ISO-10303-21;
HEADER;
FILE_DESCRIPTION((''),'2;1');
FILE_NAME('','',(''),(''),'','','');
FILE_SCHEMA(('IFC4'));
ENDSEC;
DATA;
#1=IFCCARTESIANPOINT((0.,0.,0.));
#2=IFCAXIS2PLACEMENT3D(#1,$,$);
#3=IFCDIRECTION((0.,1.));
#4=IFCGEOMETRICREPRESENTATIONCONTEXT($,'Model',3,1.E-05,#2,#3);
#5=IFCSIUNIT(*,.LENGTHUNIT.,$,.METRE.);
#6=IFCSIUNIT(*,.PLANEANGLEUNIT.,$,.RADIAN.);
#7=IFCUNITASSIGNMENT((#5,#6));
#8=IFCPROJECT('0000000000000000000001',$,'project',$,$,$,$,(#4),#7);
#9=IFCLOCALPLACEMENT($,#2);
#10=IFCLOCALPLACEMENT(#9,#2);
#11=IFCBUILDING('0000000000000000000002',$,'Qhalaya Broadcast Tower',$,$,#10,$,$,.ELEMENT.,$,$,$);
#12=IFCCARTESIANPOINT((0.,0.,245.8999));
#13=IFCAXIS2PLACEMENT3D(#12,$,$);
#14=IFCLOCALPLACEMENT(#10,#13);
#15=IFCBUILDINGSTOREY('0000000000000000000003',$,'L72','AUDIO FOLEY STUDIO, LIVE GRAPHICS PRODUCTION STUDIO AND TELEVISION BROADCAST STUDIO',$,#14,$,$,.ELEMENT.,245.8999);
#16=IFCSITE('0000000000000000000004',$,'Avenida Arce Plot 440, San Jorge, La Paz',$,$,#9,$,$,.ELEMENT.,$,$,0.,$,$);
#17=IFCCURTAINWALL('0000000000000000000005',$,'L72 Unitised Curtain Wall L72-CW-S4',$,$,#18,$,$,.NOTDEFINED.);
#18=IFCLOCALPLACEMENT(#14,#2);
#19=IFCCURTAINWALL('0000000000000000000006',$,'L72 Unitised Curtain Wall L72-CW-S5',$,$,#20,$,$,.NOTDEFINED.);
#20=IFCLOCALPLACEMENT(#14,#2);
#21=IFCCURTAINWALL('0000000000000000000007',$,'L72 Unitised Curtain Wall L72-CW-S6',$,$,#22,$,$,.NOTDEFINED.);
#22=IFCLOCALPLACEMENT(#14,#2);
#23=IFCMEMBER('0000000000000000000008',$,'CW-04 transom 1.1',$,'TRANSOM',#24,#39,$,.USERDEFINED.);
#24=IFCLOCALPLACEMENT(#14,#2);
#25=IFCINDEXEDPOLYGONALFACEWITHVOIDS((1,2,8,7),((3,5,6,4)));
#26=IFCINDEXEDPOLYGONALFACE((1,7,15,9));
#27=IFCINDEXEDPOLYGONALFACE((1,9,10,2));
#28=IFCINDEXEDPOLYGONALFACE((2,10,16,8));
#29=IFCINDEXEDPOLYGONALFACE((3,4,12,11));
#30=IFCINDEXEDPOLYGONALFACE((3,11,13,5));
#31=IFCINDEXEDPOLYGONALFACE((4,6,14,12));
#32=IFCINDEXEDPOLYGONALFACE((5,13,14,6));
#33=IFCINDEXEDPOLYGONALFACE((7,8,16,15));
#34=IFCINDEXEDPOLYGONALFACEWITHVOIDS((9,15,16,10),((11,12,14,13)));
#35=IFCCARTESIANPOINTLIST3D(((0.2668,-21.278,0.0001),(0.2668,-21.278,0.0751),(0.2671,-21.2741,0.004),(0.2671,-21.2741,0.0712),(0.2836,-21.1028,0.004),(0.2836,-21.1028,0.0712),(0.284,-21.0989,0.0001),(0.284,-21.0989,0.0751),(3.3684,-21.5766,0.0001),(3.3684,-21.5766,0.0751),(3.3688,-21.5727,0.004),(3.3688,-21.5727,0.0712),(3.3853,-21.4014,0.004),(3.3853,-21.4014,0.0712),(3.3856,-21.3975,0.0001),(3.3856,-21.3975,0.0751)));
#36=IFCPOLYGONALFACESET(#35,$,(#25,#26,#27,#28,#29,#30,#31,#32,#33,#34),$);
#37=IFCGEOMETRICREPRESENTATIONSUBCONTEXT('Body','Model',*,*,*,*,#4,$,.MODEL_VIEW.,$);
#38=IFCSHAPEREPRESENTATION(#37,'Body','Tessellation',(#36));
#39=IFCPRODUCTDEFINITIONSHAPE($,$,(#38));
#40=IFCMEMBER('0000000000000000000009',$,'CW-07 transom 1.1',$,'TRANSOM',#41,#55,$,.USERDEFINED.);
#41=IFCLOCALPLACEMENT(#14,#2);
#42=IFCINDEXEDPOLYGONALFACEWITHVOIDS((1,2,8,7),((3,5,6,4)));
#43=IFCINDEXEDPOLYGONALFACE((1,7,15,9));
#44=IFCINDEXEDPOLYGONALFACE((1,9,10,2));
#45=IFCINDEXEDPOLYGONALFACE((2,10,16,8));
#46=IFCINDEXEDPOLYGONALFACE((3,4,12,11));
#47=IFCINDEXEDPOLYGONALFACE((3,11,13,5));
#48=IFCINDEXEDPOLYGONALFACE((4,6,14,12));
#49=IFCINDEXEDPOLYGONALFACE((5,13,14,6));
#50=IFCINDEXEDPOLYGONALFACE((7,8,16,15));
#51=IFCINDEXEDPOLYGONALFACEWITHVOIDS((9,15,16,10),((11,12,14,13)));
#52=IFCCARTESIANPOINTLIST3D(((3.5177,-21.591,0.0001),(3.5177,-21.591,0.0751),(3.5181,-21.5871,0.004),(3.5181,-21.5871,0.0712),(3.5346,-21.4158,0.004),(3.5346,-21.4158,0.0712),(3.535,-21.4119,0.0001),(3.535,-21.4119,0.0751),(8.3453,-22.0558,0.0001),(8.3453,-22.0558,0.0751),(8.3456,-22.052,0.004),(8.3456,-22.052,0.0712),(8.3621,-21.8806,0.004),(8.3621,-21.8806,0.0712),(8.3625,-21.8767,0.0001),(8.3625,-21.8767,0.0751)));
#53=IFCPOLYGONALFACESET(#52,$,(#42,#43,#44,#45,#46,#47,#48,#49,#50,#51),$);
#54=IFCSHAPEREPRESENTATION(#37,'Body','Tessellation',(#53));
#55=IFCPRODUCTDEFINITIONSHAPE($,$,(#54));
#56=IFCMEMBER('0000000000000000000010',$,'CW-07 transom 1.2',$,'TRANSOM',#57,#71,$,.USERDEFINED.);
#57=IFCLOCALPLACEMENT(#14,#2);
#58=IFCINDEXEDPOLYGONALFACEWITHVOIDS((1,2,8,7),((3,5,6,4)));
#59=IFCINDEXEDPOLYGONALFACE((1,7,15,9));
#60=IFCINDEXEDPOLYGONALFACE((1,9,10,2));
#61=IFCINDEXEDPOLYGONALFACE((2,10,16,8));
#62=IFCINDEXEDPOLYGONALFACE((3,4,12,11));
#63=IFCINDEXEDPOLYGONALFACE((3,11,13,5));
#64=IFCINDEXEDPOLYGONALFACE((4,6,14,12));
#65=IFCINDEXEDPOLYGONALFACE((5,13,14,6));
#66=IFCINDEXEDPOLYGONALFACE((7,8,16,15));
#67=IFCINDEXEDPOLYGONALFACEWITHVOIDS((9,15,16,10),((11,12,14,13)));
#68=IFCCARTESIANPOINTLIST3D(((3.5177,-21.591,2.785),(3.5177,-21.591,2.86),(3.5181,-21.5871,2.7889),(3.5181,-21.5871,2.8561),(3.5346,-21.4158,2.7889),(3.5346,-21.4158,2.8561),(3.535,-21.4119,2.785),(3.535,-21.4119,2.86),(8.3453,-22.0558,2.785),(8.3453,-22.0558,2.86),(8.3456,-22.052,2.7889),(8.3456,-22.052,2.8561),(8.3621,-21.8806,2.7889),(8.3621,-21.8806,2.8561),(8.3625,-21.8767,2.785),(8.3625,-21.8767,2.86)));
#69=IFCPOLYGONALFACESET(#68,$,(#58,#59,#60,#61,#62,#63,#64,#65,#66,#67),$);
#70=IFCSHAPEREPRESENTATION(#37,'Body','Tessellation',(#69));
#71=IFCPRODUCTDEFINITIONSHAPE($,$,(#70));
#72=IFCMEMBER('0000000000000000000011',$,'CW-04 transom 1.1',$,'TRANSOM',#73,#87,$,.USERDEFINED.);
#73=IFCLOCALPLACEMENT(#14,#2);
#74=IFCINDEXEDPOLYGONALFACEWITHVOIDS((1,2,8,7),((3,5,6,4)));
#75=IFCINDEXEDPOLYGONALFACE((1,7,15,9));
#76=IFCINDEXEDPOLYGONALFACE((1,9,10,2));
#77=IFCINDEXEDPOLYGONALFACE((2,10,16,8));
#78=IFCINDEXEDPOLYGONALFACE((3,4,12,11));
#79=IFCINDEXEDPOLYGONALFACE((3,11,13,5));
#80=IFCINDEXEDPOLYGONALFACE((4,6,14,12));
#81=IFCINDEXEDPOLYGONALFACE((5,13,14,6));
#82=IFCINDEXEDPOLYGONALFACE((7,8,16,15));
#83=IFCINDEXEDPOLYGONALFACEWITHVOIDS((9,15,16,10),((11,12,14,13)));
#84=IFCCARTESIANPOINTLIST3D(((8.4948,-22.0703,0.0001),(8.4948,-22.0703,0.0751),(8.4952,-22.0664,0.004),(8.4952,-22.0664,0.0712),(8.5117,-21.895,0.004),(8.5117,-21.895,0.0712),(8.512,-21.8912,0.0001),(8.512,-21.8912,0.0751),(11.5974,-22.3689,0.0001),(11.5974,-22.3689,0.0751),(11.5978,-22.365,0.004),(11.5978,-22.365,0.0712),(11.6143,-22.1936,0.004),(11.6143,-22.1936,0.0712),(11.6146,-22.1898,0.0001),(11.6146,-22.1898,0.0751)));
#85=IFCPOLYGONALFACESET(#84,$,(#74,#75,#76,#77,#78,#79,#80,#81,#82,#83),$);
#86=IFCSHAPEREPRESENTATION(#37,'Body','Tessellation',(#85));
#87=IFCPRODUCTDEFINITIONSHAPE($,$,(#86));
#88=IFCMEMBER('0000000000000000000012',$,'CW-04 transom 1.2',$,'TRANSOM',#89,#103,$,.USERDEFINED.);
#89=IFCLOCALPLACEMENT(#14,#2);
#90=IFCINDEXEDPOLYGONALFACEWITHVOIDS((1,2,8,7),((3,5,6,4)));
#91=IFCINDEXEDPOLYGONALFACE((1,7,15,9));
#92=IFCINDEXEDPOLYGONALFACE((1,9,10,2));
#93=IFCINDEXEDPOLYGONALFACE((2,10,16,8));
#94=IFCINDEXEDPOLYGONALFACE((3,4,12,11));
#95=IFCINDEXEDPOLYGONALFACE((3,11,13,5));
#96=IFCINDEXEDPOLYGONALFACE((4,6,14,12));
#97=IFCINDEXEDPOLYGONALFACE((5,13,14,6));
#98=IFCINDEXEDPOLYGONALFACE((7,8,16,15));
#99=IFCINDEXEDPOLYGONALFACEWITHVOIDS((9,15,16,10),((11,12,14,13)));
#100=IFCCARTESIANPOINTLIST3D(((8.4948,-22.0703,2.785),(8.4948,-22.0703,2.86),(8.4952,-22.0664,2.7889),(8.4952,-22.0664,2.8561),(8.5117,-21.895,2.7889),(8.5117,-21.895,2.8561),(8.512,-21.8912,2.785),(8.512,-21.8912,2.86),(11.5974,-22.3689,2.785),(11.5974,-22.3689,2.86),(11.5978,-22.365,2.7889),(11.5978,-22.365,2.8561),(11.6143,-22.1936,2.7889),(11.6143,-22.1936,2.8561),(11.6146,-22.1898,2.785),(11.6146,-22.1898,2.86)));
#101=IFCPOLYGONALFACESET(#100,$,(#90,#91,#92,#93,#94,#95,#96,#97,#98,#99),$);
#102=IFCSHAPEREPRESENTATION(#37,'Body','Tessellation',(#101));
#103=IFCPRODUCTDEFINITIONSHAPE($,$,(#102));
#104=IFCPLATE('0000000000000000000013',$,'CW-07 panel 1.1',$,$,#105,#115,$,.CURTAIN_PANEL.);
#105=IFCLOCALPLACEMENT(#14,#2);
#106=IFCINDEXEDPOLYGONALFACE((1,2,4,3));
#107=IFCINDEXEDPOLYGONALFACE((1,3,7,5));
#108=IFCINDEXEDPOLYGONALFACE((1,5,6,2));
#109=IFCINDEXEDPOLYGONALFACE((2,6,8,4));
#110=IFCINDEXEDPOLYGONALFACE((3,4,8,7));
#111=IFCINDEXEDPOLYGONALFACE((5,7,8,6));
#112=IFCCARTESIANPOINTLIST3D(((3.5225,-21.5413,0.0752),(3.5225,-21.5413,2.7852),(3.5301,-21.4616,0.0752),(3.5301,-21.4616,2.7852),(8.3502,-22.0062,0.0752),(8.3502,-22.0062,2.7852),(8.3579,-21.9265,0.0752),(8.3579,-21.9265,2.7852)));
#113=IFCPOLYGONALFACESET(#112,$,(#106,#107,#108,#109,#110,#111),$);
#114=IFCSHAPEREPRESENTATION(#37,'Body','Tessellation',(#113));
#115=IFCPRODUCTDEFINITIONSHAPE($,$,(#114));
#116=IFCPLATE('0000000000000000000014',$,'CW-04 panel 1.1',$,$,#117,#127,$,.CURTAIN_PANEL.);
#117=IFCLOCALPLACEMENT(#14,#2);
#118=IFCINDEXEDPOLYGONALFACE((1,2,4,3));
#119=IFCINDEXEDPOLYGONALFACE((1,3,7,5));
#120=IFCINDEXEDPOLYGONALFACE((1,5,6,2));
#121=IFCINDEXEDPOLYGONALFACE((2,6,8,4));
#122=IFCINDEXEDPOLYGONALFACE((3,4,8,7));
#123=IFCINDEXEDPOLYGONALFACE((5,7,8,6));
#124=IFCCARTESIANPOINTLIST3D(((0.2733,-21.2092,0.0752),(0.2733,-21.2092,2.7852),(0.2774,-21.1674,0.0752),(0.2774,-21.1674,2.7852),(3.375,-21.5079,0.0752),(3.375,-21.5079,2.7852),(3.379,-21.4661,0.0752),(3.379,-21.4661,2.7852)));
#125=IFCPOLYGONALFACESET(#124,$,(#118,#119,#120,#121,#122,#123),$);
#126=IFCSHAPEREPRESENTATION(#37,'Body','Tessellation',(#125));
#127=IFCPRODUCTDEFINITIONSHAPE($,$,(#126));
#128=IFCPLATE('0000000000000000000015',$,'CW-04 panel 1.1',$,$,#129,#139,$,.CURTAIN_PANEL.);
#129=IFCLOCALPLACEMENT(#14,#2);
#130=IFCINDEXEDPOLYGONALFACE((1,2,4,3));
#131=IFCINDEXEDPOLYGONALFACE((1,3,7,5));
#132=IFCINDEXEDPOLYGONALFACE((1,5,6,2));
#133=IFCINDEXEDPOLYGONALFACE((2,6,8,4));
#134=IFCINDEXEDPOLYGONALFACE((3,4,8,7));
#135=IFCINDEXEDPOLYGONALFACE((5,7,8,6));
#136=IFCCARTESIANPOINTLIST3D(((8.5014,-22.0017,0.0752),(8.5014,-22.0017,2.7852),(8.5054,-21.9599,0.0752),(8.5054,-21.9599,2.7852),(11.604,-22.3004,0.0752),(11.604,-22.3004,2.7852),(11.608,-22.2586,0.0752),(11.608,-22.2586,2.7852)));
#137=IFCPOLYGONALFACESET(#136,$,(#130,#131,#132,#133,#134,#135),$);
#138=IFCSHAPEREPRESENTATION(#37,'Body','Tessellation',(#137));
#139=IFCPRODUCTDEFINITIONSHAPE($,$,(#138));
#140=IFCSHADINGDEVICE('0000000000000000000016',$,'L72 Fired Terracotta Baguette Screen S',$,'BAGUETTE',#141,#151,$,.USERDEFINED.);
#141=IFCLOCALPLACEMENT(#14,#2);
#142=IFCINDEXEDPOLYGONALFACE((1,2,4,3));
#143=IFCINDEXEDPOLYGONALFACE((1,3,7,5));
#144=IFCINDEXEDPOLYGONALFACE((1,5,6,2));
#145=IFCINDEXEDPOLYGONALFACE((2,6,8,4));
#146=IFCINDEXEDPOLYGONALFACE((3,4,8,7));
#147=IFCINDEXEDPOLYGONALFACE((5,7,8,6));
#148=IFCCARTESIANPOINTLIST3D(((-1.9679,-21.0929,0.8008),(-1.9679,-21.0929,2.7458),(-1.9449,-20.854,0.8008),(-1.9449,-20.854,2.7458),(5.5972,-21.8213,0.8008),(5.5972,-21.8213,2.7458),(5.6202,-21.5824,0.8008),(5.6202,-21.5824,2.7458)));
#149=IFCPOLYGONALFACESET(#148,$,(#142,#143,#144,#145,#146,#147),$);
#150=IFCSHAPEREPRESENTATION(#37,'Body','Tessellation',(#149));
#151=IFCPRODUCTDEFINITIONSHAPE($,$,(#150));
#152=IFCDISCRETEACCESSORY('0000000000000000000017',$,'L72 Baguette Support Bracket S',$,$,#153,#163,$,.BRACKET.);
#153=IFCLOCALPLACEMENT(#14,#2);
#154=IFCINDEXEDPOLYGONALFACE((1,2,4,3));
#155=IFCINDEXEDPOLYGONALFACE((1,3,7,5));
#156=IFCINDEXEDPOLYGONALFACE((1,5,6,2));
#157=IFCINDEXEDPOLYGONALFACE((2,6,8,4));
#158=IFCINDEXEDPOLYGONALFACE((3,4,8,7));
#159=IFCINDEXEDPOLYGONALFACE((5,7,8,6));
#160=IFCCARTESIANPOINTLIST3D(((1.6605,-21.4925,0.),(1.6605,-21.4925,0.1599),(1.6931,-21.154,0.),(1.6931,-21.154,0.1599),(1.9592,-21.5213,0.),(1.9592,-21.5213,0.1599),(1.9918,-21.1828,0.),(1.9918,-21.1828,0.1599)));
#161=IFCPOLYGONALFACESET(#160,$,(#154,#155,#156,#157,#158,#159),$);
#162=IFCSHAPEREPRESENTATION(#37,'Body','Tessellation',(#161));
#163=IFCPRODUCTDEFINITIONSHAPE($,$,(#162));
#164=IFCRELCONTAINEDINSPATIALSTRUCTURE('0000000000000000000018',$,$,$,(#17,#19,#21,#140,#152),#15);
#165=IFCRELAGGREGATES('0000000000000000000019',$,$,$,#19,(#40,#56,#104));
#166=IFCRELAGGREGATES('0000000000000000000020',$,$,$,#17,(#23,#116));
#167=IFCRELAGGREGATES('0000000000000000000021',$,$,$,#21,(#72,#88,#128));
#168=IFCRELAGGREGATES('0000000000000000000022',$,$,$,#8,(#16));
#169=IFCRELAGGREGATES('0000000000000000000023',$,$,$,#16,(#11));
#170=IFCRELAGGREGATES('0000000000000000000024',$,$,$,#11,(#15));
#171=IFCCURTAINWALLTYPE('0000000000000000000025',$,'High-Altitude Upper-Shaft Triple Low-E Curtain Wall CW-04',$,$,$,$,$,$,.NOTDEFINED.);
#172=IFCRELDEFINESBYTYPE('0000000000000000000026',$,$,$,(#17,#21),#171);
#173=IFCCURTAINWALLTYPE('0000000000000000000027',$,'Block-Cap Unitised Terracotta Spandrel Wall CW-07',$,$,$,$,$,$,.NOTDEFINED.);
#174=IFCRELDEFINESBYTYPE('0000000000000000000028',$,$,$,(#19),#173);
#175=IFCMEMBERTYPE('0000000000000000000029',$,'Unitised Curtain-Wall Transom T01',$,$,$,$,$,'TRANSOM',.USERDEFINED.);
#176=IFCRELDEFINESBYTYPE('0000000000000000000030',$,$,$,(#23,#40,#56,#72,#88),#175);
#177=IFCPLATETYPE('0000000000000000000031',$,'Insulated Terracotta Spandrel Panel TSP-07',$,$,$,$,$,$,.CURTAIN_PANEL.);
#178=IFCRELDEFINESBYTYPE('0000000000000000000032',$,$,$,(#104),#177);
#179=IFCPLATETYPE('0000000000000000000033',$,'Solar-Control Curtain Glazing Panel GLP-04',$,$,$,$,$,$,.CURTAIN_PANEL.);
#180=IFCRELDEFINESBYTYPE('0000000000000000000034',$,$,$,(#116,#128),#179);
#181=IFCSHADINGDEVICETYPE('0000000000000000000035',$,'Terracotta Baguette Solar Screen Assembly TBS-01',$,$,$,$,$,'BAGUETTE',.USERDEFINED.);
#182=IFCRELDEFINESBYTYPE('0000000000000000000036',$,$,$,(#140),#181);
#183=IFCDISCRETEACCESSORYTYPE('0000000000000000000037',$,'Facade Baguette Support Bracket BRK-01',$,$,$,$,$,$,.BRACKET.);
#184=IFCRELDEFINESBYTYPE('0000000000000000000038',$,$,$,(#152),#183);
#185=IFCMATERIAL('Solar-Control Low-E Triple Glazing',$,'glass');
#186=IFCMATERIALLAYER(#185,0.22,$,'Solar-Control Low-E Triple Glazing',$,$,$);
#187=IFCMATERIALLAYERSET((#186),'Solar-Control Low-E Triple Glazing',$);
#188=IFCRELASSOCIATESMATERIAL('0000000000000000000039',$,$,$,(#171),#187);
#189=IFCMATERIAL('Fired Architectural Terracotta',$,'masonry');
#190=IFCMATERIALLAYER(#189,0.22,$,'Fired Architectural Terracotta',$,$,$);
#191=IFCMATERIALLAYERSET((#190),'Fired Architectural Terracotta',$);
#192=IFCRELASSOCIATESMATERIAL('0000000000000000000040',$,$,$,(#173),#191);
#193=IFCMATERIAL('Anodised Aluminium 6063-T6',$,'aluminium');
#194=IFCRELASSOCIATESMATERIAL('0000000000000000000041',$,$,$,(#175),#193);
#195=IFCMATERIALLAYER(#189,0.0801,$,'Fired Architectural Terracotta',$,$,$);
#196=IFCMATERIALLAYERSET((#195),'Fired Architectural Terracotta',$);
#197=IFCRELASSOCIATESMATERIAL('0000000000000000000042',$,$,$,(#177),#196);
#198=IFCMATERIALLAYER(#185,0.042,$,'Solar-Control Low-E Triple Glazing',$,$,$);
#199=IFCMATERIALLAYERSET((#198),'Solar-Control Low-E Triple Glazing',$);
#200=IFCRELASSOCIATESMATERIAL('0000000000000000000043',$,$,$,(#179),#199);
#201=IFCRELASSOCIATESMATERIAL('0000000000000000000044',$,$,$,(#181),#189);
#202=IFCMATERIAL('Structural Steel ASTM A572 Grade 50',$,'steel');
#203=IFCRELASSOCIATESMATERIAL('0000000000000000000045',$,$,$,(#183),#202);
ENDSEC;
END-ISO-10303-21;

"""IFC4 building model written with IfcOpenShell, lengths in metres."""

from ifc_helpers import new_model, si_unit, direction, frame, origin, origin_2d, place, context, subcontext, project, spatial, rectangle, hollow_rectangle, extrude, material, layer, layer_set, material_profile, profile_set, type_object, element, aggregate, save


model = new_model("IFC4")

# Units and contexts
model_context = context("Model", 3, precision=1e-05, world=origin(), true_north=direction((0.0, 1.0)))
body_context = subcontext(model_context, "Body", "Model", "MODEL_VIEW")
ifc_project = project(units=[si_unit("LENGTHUNIT", "METRE"), si_unit("PLANEANGLEUNIT", "RADIAN")], contexts=[model_context])

# Site, building, storey
site_placement = place(None, origin())
site = spatial("IfcSite", under=ifc_project, at=site_placement, Name="Avenida Arce Plot 440, San Jorge, La Paz", CompositionType="ELEMENT", RefElevation=0.0)
building_placement = place(site_placement, origin())
building = spatial("IfcBuilding", under=site, at=building_placement, Name="Qhalaya Broadcast Tower", CompositionType="ELEMENT")
storey_placement = place(building_placement, frame((0.0, 0.0, 245.8999)))
storey = spatial("IfcBuildingStorey", under=building, at=storey_placement, Name="L72", Description="AUDIO FOLEY STUDIO, LIVE GRAPHICS PRODUCTION STUDIO AND TELEVISION BROADCAST STUDIO", CompositionType="ELEMENT", Elevation=245.8999)

# Shared definitions
ifc_material_1 = material(Name="Structural Steel ASTM A572 Grade 50", Category="steel")

# Curtain wall
ifc_material_2 = material(Name="Solar-Control Low-E Triple Glazing", Category="glass")
ifc_layer_1 = layer(ifc_material_2, 0.22, Name="Solar-Control Low-E Triple Glazing")
ifc_layer_set_1 = layer_set([ifc_layer_1], Name="Solar-Control Low-E Triple Glazing")
curtain_wall_type_1 = type_object("IfcCurtainWallType", Name="High-Altitude Upper-Shaft Triple Low-E Curtain Wall CW-04", PredefinedType="NOTDEFINED", material=ifc_layer_set_1)
curtain_wall_1_placement = place(storey_placement, origin())
curtain_wall_1 = element("IfcCurtainWall", 1, at=curtain_wall_1_placement, inside=storey, type_object=curtain_wall_type_1, Name="L72 Unitised Curtain Wall L72-CW-S4", PredefinedType="NOTDEFINED")
ifc_material_3 = material(Name="Anodised Aluminium 6063-T6", Category="aluminium")

# Curtain walls
ifc_material_4 = material(Name="Fired Architectural Terracotta", Category="masonry")
ifc_layer_2 = layer(ifc_material_4, 0.22, Name="Fired Architectural Terracotta")
ifc_layer_set_2 = layer_set([ifc_layer_2], Name="Fired Architectural Terracotta")
curtain_wall_type_2 = type_object("IfcCurtainWallType", Name="Block-Cap Unitised Terracotta Spandrel Wall CW-07", PredefinedType="NOTDEFINED", material=ifc_layer_set_2)
curtain_wall_2_placement = place(storey_placement, origin())
curtain_wall_2 = element("IfcCurtainWall", 2, at=curtain_wall_2_placement, inside=storey, type_object=curtain_wall_type_2, Name="L72 Unitised Curtain Wall L72-CW-S5", PredefinedType="NOTDEFINED")
curtain_wall_3_placement = place(storey_placement, origin())
curtain_wall_3 = element("IfcCurtainWall", 3, at=curtain_wall_3_placement, inside=storey, type_object=curtain_wall_type_1, Name="L72 Unitised Curtain Wall L72-CW-S6", PredefinedType="NOTDEFINED")

# Members
ifc_material_profile_1 = material_profile(ifc_material_3, hollow_rectangle(XDim=0.075, YDim=0.1799, WallThickness=0.0039, at=origin_2d()), Name="ALU-TRN 75x180x4")
ifc_profile_set_1 = profile_set([ifc_material_profile_1], Name="Anodised Aluminium 6063-T6")
member_type_1 = type_object("IfcMemberType", Name="Unitised Curtain-Wall Transom T01", ElementType="TRANSOM", PredefinedType="USERDEFINED", material=ifc_profile_set_1)
member_1_placement = place(storey_placement, frame((0.2754, -21.1885, 0.0376), z_axis=(0.995398, -0.095826, 0.0), x_axis=(0.0, 0.0, 1.0)))
member_1 = element("IfcMember", 4, at=member_1_placement, type_object=member_type_1, Name="CW-04 transom 1.1", ObjectType="TRANSOM", PredefinedType="USERDEFINED", context=body_context, shape_type="SweptSolid", body=[
    extrude(hollow_rectangle(XDim=0.075, YDim=0.1799, WallThickness=0.0039, at=origin_2d()), origin(), (0.0, 0.0, 1.0), 3.116),
])
member_2_placement = place(storey_placement, frame((3.5264, -21.5015, 0.0376), z_axis=(0.995396, -0.095845, 0.0), x_axis=(0.0, 0.0, 1.0)))
member_2 = element("IfcMember", 5, at=member_2_placement, type_object=member_type_1, Name="CW-07 transom 1.1", ObjectType="TRANSOM", PredefinedType="USERDEFINED", context=body_context, shape_type="SweptSolid", body=[
    extrude(hollow_rectangle(XDim=0.075, YDim=0.1799, WallThickness=0.0039, at=origin_2d()), origin(), (0.0, 0.0, 1.0), 4.8499),
])
member_3_placement = place(storey_placement, frame((3.5264, -21.5015, 2.8225), z_axis=(0.995396, -0.095845, 0.0), x_axis=(0.0, 0.0, 1.0)))
member_3 = element("IfcMember", 6, at=member_3_placement, type_object=member_type_1, Name="CW-07 transom 1.2", ObjectType="TRANSOM", PredefinedType="USERDEFINED", context=body_context, shape_type="SweptSolid", body=[
    extrude(hollow_rectangle(XDim=0.075, YDim=0.1799, WallThickness=0.0039, at=origin_2d()), origin(), (0.0, 0.0, 1.0), 4.8499),
])
member_4_placement = place(storey_placement, frame((8.5034, -21.9807, 0.0376), z_axis=(0.995401, -0.095796, 0.0), x_axis=(0.0, 0.0, 1.0)))
member_4 = element("IfcMember", 7, at=member_4_placement, type_object=member_type_1, Name="CW-04 transom 1.1", ObjectType="TRANSOM", PredefinedType="USERDEFINED", context=body_context, shape_type="SweptSolid", body=[
    extrude(hollow_rectangle(XDim=0.075, YDim=0.1799, WallThickness=0.0039, at=origin_2d()), origin(), (0.0, 0.0, 1.0), 3.1169),
])
member_5_placement = place(storey_placement, frame((8.5034, -21.9807, 2.8225), z_axis=(0.995401, -0.095796, 0.0), x_axis=(0.0, 0.0, 1.0)))
member_5 = element("IfcMember", 8, at=member_5_placement, type_object=member_type_1, Name="CW-04 transom 1.2", ObjectType="TRANSOM", PredefinedType="USERDEFINED", context=body_context, shape_type="SweptSolid", body=[
    extrude(hollow_rectangle(XDim=0.075, YDim=0.1799, WallThickness=0.0039, at=origin_2d()), origin(), (0.0, 0.0, 1.0), 3.1169),
])

# Plates
ifc_layer_3 = layer(ifc_material_4, 0.0801, Name="Fired Architectural Terracotta")
ifc_layer_set_3 = layer_set([ifc_layer_3], Name="Fired Architectural Terracotta")
plate_type_1 = type_object("IfcPlateType", Name="Insulated Terracotta Spandrel Panel TSP-07", PredefinedType="CURTAIN_PANEL", material=ifc_layer_set_3)
plate_1_placement = place(storey_placement, frame((5.9402, -21.7339, 0.0752), z_axis=(0.0, 0.0, 1.0), x_axis=(0.995395, -0.09586, 0.0)))
plate_1 = element("IfcPlate", 9, at=plate_1_placement, type_object=plate_type_1, Name="CW-07 panel 1.1", PredefinedType="CURTAIN_PANEL", context=body_context, shape_type="SweptSolid", body=[
    extrude(rectangle(XDim=4.8501, YDim=0.0801, at=origin_2d()), origin(), (0.0, 0.0, 1.0), 2.71),
])
aggregate(curtain_wall_2, [member_2, member_3, plate_1])
ifc_layer_4 = layer(ifc_material_2, 0.042, Name="Solar-Control Low-E Triple Glazing")
ifc_layer_set_4 = layer_set([ifc_layer_4], Name="Solar-Control Low-E Triple Glazing")
plate_type_2 = type_object("IfcPlateType", Name="Solar-Control Curtain Glazing Panel GLP-04", PredefinedType="CURTAIN_PANEL", material=ifc_layer_set_4)
plate_2_placement = place(storey_placement, frame((1.8262, -21.3376, 0.0752), z_axis=(0.0, 0.0, 1.0), x_axis=(0.995397, -0.095838, 0.0)))
plate_2 = element("IfcPlate", 10, at=plate_2_placement, type_object=plate_type_2, Name="CW-04 panel 1.1", PredefinedType="CURTAIN_PANEL", context=body_context, shape_type="SweptSolid", body=[
    extrude(rectangle(XDim=3.116, YDim=0.042, at=origin_2d()), origin(), (0.0, 0.0, 1.0), 2.71),
])
aggregate(curtain_wall_1, [member_1, plate_2])
plate_3_placement = place(storey_placement, frame((10.0547, -22.1301, 0.0752), z_axis=(0.0, 0.0, 1.0), x_axis=(0.995397, -0.095836, 0.0)))
plate_3 = element("IfcPlate", 11, at=plate_3_placement, type_object=plate_type_2, Name="CW-04 panel 1.1", PredefinedType="CURTAIN_PANEL", context=body_context, shape_type="SweptSolid", body=[
    extrude(rectangle(XDim=3.1169, YDim=0.042, at=origin_2d()), origin(), (0.0, 0.0, 1.0), 2.71),
])
aggregate(curtain_wall_3, [member_4, member_5, plate_3])

# Shading device
shading_device_type = type_object("IfcShadingDeviceType", Name="Terracotta Baguette Solar Screen Assembly TBS-01", ElementType="BAGUETTE", PredefinedType="USERDEFINED", material=ifc_material_4)
shading_device_placement = place(storey_placement, frame((1.8262, -21.3376, 0.8008), z_axis=(0.0, 0.0, 1.0), x_axis=(0.995396, -0.095846, 0.0)))
element("IfcShadingDevice", 12, at=shading_device_placement, inside=storey, type_object=shading_device_type, Name="L72 Fired Terracotta Baguette Screen S", ObjectType="BAGUETTE", PredefinedType="USERDEFINED", context=body_context, shape_type="SweptSolid", body=[
    extrude(rectangle(XDim=7.6001, YDim=0.24, at=origin_2d()), origin(), (0.0, 0.0, 1.0), 1.9451),
])

# Discrete accessory
discrete_accessory_type = type_object("IfcDiscreteAccessoryType", Name="Facade Baguette Support Bracket BRK-01", PredefinedType="BRACKET", material=ifc_material_1)
discrete_accessory_placement = place(storey_placement, frame((1.8262, -21.3376, 0.0), z_axis=(0.0, 0.0, 1.0), x_axis=(0.995396, -0.095846, 0.0)))
element("IfcDiscreteAccessory", 13, at=discrete_accessory_placement, inside=storey, type_object=discrete_accessory_type, Name="L72 Baguette Support Bracket S", PredefinedType="BRACKET", context=body_context, shape_type="SweptSolid", body=[
    extrude(rectangle(XDim=0.3, YDim=0.3401, at=origin_2d()), origin(), (0.0, 0.0, 1.0), 0.1599),
])

save(model, "model.ifc")
